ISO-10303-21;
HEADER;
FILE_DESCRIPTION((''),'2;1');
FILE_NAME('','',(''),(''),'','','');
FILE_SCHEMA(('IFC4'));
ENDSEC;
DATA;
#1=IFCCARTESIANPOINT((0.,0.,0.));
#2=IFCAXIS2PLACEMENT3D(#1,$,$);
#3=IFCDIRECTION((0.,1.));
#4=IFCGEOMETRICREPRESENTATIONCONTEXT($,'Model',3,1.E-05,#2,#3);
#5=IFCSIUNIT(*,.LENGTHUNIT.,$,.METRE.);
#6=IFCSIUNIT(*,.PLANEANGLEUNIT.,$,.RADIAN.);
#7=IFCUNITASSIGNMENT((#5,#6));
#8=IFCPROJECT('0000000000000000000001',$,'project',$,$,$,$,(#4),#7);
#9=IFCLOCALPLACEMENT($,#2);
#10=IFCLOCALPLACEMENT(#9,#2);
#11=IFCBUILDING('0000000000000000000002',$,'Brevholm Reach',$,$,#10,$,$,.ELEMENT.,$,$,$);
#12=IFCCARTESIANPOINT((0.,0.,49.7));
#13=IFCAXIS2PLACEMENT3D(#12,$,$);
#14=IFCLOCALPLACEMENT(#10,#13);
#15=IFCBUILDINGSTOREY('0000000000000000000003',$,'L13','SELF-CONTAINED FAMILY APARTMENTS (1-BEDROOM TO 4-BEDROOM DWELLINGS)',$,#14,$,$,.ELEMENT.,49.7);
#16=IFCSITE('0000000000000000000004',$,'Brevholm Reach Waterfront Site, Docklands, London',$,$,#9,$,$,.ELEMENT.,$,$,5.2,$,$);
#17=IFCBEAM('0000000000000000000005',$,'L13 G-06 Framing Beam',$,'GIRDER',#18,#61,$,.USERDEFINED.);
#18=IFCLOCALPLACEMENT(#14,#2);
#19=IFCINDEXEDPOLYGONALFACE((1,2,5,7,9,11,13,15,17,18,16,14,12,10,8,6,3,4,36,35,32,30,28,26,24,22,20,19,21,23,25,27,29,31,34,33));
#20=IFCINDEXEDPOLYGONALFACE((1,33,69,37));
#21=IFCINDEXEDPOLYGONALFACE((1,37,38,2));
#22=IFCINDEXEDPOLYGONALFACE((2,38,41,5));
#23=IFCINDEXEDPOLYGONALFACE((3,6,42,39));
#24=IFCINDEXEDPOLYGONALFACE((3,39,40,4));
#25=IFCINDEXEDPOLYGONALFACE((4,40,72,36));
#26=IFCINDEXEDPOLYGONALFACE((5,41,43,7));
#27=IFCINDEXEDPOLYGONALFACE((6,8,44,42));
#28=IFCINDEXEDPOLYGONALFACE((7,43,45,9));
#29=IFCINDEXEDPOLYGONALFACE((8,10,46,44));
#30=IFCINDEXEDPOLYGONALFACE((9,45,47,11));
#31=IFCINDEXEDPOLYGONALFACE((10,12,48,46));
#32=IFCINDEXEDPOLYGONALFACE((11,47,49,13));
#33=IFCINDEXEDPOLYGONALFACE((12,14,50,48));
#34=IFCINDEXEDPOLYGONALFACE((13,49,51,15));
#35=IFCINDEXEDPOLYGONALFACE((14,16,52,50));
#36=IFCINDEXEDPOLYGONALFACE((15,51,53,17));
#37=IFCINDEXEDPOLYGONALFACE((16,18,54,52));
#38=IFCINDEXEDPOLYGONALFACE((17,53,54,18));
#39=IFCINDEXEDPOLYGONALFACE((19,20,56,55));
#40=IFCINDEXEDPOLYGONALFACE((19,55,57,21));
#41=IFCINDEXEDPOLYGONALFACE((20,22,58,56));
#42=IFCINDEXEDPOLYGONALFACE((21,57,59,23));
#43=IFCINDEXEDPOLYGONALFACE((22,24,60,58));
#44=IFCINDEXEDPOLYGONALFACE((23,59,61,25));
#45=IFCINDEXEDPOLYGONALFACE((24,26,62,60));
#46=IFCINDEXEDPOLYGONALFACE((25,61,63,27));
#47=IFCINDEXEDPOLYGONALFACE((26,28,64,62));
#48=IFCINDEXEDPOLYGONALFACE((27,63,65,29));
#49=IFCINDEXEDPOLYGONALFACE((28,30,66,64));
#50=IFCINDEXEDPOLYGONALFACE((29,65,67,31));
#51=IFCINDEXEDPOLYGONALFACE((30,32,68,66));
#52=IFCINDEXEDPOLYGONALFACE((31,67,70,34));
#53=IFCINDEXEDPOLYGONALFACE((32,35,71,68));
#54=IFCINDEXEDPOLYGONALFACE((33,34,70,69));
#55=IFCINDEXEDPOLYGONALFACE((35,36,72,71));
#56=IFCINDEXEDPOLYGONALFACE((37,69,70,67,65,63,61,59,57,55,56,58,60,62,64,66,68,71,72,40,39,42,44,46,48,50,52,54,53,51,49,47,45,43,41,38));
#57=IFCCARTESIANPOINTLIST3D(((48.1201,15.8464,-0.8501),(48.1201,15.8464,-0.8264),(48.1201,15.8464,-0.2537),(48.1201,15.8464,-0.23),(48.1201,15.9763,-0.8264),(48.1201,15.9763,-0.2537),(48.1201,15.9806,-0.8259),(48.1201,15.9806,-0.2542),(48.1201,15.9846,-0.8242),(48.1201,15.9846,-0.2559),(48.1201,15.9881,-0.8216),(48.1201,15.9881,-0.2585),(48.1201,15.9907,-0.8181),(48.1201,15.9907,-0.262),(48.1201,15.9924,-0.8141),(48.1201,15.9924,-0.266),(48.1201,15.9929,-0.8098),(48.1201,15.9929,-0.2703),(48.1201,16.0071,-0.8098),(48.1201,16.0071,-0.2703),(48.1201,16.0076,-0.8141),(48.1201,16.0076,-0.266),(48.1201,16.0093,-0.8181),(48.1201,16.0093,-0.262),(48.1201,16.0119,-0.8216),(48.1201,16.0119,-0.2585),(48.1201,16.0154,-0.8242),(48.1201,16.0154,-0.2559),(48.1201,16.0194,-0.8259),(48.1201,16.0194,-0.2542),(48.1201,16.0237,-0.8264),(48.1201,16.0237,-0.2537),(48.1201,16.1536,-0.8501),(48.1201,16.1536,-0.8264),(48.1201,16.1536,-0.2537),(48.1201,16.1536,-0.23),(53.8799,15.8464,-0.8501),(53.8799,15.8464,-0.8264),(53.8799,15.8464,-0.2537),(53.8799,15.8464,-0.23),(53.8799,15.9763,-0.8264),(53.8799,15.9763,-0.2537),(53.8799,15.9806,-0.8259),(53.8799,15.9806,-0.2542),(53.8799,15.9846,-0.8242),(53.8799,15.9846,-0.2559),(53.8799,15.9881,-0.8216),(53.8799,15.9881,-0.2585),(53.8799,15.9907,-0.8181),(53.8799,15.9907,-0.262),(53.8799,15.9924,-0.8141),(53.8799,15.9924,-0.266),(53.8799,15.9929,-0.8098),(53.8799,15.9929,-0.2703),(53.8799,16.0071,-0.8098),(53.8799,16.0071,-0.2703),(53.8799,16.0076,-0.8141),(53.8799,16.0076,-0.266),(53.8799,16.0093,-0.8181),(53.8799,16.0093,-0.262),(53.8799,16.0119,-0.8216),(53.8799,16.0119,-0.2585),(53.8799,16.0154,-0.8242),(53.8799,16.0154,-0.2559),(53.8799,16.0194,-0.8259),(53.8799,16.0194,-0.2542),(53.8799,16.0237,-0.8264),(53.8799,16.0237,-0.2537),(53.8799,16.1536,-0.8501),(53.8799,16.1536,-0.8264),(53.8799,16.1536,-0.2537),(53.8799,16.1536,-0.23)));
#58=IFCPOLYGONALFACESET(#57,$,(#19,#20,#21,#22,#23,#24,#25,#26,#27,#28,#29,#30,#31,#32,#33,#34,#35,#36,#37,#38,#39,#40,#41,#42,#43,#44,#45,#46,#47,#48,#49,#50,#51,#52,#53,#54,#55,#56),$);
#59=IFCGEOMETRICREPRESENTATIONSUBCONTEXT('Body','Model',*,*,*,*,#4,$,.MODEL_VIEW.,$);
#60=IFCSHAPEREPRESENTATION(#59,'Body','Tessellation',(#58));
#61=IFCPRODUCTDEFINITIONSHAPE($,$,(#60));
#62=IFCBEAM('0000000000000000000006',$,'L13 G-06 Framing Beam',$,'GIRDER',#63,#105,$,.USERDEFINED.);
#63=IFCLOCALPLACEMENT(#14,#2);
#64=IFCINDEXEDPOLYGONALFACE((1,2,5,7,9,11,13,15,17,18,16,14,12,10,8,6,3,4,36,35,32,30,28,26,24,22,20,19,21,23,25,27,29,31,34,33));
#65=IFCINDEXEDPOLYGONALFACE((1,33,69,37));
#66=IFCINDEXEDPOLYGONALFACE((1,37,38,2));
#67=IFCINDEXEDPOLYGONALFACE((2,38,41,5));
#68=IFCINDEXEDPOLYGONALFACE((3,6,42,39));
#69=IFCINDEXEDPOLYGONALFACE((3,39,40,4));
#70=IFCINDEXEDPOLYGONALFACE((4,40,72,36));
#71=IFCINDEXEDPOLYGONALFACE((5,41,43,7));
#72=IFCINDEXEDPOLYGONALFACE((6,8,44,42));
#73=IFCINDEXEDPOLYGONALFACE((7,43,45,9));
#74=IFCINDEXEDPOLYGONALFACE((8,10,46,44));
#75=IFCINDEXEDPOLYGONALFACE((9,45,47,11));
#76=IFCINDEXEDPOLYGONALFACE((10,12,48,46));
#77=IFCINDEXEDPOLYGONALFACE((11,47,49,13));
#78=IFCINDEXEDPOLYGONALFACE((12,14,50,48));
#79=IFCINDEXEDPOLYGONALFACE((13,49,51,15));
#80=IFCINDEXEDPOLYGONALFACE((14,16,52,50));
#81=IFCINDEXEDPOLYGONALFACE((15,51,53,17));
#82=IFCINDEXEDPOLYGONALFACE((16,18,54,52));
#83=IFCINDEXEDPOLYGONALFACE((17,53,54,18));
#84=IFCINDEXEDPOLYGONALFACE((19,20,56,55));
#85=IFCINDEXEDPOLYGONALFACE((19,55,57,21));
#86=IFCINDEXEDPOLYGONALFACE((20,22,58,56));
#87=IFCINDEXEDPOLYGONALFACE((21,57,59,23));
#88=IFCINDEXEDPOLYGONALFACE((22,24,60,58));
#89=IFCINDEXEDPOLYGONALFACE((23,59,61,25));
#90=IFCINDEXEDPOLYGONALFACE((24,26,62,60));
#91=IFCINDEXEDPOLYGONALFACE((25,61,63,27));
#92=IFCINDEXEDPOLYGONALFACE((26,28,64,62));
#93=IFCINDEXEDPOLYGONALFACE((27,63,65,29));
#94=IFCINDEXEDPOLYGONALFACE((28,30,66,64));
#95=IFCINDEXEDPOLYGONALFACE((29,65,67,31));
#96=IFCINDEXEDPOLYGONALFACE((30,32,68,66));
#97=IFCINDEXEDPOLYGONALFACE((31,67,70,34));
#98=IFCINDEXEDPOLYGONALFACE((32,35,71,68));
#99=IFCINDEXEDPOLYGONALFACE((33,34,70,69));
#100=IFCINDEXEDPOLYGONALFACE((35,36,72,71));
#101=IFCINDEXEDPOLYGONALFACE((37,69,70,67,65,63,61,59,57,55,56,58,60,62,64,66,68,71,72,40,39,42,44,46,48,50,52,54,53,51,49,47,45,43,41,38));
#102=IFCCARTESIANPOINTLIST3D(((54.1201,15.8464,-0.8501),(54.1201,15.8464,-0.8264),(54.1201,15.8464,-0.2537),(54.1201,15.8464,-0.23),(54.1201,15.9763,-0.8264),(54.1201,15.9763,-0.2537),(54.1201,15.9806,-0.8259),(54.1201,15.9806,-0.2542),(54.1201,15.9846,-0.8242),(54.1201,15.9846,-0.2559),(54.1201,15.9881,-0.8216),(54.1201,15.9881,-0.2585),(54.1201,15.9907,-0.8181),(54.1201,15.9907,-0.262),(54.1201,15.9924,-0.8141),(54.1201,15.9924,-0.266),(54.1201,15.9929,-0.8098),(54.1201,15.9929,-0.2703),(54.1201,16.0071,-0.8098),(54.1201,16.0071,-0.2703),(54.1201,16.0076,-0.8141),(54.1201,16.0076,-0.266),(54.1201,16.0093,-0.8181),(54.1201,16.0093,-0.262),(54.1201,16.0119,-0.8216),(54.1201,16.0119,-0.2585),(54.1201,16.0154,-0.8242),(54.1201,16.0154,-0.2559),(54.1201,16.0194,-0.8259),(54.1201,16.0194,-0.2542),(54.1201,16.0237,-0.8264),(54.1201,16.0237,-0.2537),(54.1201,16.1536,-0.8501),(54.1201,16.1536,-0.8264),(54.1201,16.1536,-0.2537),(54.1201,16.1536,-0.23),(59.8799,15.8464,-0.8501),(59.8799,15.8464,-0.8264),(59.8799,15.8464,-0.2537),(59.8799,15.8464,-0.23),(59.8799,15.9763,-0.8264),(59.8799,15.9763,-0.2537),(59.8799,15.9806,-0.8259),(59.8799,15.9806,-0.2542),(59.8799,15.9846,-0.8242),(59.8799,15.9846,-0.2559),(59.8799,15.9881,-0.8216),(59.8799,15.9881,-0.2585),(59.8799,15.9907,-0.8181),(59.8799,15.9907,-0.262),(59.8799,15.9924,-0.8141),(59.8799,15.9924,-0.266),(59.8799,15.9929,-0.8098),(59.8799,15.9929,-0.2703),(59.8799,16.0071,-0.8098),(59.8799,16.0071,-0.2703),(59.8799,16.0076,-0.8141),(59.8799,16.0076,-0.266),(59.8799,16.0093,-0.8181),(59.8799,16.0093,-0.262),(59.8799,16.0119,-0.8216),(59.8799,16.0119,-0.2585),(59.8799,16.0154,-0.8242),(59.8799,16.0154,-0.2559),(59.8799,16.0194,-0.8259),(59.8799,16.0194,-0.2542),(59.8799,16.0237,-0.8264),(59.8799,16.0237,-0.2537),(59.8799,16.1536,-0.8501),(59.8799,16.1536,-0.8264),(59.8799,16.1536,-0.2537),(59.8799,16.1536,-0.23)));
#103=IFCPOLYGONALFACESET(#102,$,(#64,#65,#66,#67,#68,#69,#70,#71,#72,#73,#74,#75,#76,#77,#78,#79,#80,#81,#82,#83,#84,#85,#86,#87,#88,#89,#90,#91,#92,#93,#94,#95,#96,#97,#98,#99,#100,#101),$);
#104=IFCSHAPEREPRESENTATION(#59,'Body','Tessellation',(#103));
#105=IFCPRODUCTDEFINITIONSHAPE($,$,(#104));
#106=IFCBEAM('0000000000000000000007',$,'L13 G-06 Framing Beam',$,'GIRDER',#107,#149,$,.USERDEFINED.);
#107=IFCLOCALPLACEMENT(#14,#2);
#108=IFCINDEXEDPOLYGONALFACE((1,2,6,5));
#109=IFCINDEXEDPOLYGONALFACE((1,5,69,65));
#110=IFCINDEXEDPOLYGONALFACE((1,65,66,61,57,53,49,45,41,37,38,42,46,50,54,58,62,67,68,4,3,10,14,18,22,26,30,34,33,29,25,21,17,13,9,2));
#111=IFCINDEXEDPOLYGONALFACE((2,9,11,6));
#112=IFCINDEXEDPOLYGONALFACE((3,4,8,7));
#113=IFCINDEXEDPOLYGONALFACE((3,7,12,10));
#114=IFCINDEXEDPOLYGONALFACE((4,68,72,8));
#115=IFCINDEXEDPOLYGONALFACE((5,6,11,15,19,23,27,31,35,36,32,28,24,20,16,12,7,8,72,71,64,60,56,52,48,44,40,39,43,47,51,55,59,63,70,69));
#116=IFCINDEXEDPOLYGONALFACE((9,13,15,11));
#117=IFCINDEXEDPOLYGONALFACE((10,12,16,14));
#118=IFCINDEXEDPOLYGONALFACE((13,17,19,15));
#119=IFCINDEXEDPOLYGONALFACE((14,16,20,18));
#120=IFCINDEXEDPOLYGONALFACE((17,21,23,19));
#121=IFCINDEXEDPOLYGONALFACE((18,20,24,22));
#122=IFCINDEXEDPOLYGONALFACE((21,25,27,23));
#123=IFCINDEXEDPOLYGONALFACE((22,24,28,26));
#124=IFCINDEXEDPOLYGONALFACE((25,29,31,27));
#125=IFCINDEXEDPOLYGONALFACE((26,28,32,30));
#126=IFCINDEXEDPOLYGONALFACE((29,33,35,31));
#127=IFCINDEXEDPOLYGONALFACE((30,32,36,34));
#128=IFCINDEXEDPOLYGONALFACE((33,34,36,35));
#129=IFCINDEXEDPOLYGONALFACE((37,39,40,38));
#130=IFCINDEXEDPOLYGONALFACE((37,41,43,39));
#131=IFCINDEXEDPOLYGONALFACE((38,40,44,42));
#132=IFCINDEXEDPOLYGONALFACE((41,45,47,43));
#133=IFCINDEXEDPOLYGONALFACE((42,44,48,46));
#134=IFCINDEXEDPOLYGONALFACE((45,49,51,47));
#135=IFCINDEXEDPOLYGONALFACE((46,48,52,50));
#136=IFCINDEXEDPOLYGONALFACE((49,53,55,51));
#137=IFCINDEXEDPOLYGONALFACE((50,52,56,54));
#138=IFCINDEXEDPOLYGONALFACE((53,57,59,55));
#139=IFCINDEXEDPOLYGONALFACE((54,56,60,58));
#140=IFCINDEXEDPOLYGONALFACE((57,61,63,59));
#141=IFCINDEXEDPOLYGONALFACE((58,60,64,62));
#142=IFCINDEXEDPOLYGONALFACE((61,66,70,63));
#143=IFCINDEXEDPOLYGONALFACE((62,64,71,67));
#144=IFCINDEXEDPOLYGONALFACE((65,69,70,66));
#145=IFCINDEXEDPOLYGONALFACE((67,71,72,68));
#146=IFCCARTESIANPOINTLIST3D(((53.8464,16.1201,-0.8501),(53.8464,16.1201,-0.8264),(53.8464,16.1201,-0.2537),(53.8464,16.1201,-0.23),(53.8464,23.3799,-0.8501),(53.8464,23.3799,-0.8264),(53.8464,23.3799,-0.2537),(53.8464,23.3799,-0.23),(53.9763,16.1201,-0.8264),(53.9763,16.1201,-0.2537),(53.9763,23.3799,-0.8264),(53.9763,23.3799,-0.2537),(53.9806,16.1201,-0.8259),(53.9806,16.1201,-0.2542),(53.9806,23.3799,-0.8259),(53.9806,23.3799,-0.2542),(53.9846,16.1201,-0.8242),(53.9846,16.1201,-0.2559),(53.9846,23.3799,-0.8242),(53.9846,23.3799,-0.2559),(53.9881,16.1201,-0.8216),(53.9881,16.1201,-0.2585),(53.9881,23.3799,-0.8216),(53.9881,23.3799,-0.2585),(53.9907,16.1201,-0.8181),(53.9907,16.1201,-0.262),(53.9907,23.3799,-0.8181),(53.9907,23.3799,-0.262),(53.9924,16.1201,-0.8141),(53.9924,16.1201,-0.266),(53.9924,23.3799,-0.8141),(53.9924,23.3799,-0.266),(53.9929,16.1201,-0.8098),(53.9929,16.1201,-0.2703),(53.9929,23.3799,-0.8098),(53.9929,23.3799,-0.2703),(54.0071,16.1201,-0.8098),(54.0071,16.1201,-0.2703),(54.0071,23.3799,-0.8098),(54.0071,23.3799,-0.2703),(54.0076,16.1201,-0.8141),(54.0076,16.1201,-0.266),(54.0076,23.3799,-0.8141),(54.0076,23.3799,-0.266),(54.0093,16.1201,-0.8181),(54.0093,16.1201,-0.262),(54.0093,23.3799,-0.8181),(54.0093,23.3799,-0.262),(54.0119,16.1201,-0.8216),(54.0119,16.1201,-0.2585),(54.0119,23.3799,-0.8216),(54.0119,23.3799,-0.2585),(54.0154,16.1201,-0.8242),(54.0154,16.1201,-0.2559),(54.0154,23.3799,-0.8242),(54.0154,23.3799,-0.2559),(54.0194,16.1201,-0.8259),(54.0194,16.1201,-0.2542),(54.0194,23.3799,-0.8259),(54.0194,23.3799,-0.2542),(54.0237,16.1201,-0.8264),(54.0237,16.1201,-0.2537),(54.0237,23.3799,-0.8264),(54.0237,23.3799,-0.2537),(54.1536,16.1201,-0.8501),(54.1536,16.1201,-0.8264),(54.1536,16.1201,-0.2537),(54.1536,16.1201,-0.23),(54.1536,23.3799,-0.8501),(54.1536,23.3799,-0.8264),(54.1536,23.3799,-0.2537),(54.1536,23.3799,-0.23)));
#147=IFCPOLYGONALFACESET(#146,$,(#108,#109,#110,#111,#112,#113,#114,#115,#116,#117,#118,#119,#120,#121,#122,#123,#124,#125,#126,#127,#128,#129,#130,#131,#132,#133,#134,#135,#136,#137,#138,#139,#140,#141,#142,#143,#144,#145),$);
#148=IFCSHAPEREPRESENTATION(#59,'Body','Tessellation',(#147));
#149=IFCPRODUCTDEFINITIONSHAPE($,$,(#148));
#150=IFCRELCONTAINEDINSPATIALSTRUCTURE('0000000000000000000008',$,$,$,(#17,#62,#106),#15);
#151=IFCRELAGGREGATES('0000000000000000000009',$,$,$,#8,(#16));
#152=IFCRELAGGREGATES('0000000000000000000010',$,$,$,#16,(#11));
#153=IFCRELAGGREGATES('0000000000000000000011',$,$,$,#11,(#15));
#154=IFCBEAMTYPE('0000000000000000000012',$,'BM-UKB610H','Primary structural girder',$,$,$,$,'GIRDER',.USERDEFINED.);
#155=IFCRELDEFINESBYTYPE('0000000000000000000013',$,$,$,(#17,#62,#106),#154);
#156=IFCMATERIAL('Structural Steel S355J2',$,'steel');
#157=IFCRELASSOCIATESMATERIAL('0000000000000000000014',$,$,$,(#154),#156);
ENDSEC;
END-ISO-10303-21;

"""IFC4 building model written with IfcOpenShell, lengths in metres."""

from ifc_helpers import new_model, si_unit, direction, frame, origin, origin_2d, place, context, subcontext, project, spatial, i_section, extrude, material, material_profile, profile_set, type_object, element, save


model = new_model("IFC4")

# Units and contexts
model_context = context("Model", 3, precision=1e-05, world=origin(), true_north=direction((0.0, 1.0)))
body_context = subcontext(model_context, "Body", "Model", "MODEL_VIEW")
ifc_project = project(units=[si_unit("LENGTHUNIT", "METRE"), si_unit("PLANEANGLEUNIT", "RADIAN")], contexts=[model_context])

# Site, building, storey
site_placement = place(None, origin())
site = spatial("IfcSite", under=ifc_project, at=site_placement, Name="Brevholm Reach Waterfront Site, Docklands, London", CompositionType="ELEMENT", RefElevation=5.2)
building_placement = place(site_placement, origin())
building = spatial("IfcBuilding", under=site, at=building_placement, Name="Brevholm Reach", CompositionType="ELEMENT")
storey_placement = place(building_placement, frame((0.0, 0.0, 49.7)))
storey = spatial("IfcBuildingStorey", under=building, at=storey_placement, Name="L13", Description="SELF-CONTAINED FAMILY APARTMENTS (1-BEDROOM TO 4-BEDROOM DWELLINGS)", CompositionType="ELEMENT", Elevation=49.7)

# Beams
ifc_material_1 = material(Name="Structural Steel S355J2", Category="steel")
ifc_material_profile_1 = material_profile(ifc_material_1, i_section(OverallWidth=0.3071, OverallDepth=0.6201, WebThickness=0.0142, FlangeThickness=0.0237, FilletRadius=0.0166, at=origin_2d()), Name="UKB 610x305x179")
ifc_profile_set_1 = profile_set([ifc_material_profile_1], Name="Structural Steel S355J2")
beam_type_1 = type_object("IfcBeamType", Name="BM-UKB610H", Description="Primary structural girder", ElementType="GIRDER", PredefinedType="USERDEFINED", material=ifc_profile_set_1)
for number, where, z_axis, x_axis, name in (
    (1, (48.1201, 16.0, -0.54), (1.0, 0.0, 0.0), (0.0, 1.0, 0.0), "L13 G-06 Framing Beam"),
    (2, (54.1201, 16.0, -0.54), (1.0, 0.0, 0.0), (0.0, 1.0, 0.0), "L13 G-06 Framing Beam"),
):
    element("IfcBeam", number, at=place(storey_placement, frame(where, z_axis=z_axis, x_axis=x_axis)), inside=storey, type_object=beam_type_1, Name=name, ObjectType="GIRDER", PredefinedType="USERDEFINED", context=body_context, shape_type="SweptSolid", body=[
        extrude(i_section(OverallWidth=0.3071, OverallDepth=0.6201, WebThickness=0.0142, FlangeThickness=0.0237, FilletRadius=0.0166, at=origin_2d()), origin(), (0.0, 0.0, 1.0), 5.7598),
    ])
beam_1_placement = place(storey_placement, frame((54.0, 16.1201, -0.54), z_axis=(0.0, 1.0, 0.0), x_axis=(-1.0, 0.0, 0.0)))
element("IfcBeam", 3, at=beam_1_placement, inside=storey, type_object=beam_type_1, Name="L13 G-06 Framing Beam", ObjectType="GIRDER", PredefinedType="USERDEFINED", context=body_context, shape_type="SweptSolid", body=[
    extrude(i_section(OverallWidth=0.3071, OverallDepth=0.6201, WebThickness=0.0142, FlangeThickness=0.0237, FilletRadius=0.0166, at=origin_2d()), origin(), (0.0, 0.0, 1.0), 7.2598),
])

save(model, "model.ifc")
